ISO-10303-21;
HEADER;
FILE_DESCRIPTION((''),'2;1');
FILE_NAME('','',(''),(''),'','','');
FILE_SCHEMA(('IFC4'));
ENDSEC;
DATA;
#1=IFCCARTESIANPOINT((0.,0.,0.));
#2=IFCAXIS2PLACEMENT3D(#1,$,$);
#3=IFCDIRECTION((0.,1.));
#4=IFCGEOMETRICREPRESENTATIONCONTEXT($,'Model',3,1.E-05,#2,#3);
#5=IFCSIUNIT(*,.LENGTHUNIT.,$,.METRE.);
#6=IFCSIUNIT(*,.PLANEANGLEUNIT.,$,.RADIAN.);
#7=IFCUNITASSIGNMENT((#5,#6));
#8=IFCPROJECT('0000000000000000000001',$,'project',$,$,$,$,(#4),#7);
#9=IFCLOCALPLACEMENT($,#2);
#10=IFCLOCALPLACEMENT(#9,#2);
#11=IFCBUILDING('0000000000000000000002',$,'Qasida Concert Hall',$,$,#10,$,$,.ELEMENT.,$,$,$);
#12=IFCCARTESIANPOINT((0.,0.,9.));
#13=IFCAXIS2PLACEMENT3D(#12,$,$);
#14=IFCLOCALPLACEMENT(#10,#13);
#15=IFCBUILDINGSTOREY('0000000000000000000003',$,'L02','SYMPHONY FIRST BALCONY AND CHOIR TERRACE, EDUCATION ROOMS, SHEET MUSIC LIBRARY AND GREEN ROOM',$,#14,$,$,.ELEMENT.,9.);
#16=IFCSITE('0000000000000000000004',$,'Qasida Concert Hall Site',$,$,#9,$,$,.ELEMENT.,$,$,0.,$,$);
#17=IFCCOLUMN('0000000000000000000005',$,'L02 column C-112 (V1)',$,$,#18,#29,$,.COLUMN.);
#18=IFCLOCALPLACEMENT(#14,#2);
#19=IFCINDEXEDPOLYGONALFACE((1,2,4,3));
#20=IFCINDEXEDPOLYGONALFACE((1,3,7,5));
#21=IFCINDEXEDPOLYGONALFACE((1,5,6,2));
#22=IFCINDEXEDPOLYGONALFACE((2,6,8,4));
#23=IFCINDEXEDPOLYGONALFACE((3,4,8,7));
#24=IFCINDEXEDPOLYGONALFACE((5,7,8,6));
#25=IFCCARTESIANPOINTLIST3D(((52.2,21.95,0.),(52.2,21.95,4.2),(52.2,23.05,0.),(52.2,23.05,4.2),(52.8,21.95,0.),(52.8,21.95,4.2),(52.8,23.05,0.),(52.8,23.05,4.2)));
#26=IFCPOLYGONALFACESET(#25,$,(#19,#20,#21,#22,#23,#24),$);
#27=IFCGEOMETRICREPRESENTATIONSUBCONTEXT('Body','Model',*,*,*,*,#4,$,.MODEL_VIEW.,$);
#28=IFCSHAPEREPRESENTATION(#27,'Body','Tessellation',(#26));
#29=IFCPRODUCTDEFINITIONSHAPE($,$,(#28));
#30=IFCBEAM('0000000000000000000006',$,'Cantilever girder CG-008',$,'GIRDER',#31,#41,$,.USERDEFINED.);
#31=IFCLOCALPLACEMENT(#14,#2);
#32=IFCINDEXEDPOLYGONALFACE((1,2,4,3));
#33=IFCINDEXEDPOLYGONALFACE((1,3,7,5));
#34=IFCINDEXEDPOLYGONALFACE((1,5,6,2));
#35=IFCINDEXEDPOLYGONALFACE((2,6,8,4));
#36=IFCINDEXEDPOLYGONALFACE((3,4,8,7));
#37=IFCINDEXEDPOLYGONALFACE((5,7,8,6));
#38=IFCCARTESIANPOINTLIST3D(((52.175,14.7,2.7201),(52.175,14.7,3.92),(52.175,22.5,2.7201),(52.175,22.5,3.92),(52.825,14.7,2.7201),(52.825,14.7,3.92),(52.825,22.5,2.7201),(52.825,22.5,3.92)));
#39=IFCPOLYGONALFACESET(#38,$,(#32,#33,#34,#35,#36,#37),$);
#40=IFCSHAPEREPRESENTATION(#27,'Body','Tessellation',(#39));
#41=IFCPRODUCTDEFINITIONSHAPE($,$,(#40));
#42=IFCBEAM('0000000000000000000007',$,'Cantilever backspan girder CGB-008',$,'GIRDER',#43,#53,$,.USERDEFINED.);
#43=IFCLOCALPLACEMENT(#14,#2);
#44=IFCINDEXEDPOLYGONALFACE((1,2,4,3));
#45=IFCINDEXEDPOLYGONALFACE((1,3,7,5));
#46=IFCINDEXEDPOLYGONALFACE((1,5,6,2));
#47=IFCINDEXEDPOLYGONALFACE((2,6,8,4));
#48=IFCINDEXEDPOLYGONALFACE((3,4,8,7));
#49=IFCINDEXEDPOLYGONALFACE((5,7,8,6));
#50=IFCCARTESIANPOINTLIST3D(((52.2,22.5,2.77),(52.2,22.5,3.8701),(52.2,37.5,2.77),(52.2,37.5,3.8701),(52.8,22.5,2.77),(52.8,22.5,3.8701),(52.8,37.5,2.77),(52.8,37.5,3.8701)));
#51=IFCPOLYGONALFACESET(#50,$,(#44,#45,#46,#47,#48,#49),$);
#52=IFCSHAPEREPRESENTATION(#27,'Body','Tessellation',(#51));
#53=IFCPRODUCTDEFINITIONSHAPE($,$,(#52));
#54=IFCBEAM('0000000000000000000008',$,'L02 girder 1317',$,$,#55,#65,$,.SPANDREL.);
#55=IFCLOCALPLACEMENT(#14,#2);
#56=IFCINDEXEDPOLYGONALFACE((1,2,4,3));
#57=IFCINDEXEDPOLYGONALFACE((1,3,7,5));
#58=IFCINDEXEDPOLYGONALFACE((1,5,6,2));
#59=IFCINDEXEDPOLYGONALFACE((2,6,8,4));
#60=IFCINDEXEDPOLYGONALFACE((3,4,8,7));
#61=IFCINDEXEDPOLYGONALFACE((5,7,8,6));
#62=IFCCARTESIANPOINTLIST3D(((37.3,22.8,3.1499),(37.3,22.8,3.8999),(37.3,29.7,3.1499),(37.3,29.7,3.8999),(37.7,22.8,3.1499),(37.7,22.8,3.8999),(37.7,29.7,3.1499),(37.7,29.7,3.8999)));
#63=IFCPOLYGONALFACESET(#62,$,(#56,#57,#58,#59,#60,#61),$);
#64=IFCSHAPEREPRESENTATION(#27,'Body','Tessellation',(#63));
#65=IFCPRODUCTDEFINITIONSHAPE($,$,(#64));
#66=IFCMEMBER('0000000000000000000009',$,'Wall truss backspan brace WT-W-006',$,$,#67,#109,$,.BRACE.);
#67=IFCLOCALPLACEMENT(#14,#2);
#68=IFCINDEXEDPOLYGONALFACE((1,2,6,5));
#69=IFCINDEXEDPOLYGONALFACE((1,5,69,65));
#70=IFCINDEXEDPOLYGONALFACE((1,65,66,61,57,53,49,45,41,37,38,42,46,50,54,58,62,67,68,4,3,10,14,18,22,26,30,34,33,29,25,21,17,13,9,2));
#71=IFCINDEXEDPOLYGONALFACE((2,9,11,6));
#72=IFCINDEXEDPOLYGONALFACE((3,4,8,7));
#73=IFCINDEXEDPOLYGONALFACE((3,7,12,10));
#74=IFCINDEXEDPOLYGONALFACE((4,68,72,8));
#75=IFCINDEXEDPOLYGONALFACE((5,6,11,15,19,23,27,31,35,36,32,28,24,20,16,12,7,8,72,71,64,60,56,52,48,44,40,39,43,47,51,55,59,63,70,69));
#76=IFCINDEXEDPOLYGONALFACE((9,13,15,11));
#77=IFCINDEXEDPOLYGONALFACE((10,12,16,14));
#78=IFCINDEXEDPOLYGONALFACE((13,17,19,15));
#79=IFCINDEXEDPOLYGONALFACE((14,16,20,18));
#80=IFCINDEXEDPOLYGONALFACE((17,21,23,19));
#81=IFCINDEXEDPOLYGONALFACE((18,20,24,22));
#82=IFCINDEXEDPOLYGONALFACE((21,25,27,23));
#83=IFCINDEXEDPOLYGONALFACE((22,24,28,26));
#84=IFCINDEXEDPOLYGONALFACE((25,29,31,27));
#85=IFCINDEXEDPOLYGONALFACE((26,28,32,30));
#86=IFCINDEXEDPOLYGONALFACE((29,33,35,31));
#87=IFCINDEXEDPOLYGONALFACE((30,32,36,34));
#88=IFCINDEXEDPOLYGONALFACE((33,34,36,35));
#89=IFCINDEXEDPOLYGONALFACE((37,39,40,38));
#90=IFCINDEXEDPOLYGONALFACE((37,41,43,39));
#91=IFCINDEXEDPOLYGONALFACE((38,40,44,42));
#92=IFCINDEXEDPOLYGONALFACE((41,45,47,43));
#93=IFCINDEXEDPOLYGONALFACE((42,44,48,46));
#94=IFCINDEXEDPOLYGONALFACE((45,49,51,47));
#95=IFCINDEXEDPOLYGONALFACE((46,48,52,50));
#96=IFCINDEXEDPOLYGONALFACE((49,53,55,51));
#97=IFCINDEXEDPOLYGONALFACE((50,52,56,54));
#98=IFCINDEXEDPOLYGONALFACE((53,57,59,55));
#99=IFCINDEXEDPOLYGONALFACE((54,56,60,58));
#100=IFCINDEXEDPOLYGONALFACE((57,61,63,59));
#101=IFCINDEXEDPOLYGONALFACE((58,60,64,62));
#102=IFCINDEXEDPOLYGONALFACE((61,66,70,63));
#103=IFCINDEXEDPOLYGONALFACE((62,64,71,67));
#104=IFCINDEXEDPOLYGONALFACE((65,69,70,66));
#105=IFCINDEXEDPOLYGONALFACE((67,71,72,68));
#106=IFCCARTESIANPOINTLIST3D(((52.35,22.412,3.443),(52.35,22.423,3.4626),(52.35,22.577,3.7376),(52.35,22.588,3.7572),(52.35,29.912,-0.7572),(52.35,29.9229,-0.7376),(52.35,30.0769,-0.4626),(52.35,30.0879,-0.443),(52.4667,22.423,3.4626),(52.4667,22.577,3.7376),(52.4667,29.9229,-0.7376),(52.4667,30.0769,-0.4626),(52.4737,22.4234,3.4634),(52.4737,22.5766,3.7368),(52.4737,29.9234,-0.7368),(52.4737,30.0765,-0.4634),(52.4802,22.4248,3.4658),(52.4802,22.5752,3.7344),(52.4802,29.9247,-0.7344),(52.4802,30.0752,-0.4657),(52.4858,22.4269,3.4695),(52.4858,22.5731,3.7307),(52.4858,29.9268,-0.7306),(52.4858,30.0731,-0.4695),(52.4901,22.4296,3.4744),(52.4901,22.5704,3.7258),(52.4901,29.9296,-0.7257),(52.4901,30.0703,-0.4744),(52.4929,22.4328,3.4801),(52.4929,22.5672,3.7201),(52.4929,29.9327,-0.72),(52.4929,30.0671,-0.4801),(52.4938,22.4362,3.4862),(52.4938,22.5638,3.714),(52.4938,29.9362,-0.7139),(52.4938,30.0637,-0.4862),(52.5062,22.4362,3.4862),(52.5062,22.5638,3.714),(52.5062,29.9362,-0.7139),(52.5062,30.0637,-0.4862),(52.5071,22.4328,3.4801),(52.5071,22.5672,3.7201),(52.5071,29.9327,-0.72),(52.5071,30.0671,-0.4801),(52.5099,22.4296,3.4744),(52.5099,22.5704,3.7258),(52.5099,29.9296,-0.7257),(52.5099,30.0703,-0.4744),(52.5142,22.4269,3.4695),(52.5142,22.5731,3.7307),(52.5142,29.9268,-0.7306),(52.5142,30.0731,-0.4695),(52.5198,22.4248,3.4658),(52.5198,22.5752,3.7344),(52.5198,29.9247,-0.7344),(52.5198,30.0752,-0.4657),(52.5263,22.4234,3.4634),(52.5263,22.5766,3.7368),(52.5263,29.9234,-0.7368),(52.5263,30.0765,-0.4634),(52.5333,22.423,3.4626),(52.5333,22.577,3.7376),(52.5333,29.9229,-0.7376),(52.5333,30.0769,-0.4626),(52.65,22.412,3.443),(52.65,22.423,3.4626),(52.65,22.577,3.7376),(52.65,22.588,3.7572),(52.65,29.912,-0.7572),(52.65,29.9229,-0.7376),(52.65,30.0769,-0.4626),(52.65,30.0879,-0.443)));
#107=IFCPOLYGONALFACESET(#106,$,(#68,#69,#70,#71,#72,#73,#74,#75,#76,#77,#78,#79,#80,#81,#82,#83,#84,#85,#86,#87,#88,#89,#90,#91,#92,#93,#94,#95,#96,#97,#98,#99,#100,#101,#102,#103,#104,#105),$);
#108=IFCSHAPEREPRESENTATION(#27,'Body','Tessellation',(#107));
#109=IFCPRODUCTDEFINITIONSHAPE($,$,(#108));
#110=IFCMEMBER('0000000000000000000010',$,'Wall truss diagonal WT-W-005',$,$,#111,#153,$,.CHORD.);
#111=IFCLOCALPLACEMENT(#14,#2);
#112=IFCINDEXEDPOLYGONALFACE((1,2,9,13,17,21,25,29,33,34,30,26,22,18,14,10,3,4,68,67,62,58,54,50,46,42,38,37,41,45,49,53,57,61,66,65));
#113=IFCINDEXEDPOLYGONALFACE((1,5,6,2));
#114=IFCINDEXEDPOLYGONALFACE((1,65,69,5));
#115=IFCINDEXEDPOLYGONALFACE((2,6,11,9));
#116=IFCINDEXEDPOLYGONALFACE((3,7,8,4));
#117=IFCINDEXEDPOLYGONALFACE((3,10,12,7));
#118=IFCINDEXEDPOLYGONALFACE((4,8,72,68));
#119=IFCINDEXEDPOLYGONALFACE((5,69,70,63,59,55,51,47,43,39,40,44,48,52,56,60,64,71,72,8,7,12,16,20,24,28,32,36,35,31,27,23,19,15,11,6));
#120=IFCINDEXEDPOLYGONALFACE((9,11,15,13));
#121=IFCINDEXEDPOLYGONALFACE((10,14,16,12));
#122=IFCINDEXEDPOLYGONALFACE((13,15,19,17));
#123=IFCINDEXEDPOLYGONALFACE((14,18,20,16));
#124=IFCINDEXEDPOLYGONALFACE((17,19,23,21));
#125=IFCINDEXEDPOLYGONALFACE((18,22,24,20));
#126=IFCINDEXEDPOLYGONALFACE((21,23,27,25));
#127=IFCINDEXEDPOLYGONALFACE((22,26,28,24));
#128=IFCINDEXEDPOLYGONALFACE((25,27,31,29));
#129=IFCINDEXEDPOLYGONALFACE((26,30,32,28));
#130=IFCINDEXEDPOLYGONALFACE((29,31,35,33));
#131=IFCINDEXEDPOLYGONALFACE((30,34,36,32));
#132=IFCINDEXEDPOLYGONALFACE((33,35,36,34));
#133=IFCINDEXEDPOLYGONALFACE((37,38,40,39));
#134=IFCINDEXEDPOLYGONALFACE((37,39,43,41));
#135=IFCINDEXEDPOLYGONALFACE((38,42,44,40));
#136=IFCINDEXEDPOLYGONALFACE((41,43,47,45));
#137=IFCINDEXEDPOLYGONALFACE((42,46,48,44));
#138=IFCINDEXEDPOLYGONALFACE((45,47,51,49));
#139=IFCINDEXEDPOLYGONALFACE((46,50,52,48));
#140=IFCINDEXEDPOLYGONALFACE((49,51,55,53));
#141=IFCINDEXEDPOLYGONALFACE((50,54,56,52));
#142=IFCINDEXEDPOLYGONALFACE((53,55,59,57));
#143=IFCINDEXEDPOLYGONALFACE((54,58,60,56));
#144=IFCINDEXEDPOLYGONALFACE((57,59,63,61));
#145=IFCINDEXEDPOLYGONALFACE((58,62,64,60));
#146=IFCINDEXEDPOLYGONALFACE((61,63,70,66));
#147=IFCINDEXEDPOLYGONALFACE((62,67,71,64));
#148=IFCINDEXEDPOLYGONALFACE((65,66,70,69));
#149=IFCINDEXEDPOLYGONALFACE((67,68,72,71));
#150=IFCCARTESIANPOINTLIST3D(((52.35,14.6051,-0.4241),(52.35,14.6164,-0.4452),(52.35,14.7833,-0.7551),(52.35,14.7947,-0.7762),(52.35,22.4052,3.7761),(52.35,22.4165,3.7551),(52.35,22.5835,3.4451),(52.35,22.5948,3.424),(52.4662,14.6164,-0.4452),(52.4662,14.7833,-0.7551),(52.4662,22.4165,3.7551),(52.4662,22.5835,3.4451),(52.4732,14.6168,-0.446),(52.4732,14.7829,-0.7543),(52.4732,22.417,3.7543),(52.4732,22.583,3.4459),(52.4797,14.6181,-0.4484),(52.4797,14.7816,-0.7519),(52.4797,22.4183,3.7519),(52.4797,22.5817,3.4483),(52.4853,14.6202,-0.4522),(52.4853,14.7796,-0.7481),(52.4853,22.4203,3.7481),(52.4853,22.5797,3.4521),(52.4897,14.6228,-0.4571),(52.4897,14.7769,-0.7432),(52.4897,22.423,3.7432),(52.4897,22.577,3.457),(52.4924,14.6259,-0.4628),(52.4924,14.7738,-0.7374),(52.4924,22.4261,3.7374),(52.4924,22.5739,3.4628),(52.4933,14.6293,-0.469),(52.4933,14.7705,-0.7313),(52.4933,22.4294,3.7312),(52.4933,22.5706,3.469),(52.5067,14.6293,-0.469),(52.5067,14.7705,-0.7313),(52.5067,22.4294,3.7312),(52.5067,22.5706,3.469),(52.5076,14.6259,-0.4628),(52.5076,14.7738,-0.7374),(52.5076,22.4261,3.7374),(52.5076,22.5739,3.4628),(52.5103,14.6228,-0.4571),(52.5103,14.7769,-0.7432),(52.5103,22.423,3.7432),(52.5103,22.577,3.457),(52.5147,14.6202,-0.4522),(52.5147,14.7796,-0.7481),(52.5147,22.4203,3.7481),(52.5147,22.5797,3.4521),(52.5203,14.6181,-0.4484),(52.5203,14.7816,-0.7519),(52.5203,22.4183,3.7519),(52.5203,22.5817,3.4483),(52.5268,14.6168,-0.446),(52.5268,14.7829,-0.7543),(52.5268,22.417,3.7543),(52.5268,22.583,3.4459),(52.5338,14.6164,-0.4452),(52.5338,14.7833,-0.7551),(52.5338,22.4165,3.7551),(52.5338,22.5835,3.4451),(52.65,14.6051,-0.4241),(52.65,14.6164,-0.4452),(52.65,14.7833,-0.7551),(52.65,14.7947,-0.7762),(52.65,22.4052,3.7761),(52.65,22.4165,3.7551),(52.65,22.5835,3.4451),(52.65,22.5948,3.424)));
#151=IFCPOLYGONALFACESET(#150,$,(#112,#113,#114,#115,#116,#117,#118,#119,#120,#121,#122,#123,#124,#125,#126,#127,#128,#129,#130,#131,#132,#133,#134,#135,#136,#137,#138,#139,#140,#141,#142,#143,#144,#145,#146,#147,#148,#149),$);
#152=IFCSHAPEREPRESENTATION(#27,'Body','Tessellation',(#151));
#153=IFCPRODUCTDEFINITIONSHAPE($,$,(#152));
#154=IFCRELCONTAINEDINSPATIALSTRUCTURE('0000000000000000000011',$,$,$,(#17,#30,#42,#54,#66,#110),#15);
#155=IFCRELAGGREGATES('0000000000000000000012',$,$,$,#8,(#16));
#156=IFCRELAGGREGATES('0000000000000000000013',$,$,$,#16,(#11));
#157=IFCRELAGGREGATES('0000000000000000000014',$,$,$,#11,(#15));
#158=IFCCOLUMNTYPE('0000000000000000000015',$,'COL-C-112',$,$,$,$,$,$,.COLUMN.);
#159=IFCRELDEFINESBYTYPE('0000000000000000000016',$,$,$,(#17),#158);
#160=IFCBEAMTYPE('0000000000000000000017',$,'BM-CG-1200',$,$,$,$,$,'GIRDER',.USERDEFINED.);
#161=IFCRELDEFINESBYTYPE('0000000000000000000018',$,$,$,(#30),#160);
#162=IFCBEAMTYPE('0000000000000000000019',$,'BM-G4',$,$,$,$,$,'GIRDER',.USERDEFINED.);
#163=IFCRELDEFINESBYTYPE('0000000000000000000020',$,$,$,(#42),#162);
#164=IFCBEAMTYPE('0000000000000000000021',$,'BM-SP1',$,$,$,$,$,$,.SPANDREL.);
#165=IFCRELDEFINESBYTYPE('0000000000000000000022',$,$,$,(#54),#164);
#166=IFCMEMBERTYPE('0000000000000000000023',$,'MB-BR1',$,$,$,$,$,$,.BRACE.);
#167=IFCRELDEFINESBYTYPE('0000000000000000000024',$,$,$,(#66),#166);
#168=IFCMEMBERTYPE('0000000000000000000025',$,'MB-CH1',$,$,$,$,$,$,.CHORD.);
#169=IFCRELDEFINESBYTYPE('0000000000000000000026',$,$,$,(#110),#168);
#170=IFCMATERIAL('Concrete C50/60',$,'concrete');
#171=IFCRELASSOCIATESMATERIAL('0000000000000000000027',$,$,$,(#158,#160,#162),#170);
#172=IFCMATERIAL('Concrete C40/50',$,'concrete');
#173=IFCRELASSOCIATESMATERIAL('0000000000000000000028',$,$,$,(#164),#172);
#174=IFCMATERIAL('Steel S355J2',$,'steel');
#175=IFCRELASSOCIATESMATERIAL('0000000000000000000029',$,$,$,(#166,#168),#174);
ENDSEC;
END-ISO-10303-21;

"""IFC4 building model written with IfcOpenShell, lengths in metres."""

from ifc_helpers import new_model, si_unit, direction, frame, origin, origin_2d, place, context, subcontext, project, spatial, rectangle, i_section, extrude, material, material_profile, profile_set, type_object, element, save


model = new_model("IFC4")

# Units and contexts
model_context = context("Model", 3, precision=1e-05, world=origin(), true_north=direction((0.0, 1.0)))
body_context = subcontext(model_context, "Body", "Model", "MODEL_VIEW")
ifc_project = project(units=[si_unit("LENGTHUNIT", "METRE"), si_unit("PLANEANGLEUNIT", "RADIAN")], contexts=[model_context])

# Site, building, storey
site_placement = place(None, origin())
site = spatial("IfcSite", under=ifc_project, at=site_placement, Name="Qasida Concert Hall Site", CompositionType="ELEMENT", RefElevation=0.0)
building_placement = place(site_placement, origin())
building = spatial("IfcBuilding", under=site, at=building_placement, Name="Qasida Concert Hall", CompositionType="ELEMENT")
storey_placement = place(building_placement, frame((0.0, 0.0, 9.0)))
storey = spatial("IfcBuildingStorey", under=building, at=storey_placement, Name="L02", Description="SYMPHONY FIRST BALCONY AND CHOIR TERRACE, EDUCATION ROOMS, SHEET MUSIC LIBRARY AND GREEN ROOM", CompositionType="ELEMENT", Elevation=9.0)

# Column
ifc_material_1 = material(Name="Concrete C50/60", Category="concrete")
ifc_material_profile_1 = material_profile(ifc_material_1, rectangle(XDim=0.6001, YDim=1.1001, at=origin_2d()), Name="RC 600x1100")
ifc_profile_set_1 = profile_set([ifc_material_profile_1], Name="Concrete C50/60")
column_type = type_object("IfcColumnType", Name="COL-C-112", PredefinedType="COLUMN", material=ifc_profile_set_1)
column_placement = place(storey_placement, frame((52.5, 22.5, 0.0), z_axis=(0.0, 0.0, 1.0), x_axis=(1.0, 0.0, 0.0)))
element("IfcColumn", 1, at=column_placement, inside=storey, type_object=column_type, Name="L02 column C-112 (V1)", PredefinedType="COLUMN", context=body_context, shape_type="SweptSolid", body=[
    extrude(rectangle(XDim=0.6001, YDim=1.1001, at=origin_2d()), origin(), (0.0, 0.0, 1.0), 4.2),
])

# Beams
ifc_material_profile_2 = material_profile(ifc_material_1, rectangle(XDim=0.6499, YDim=1.2, at=origin_2d()), Name="RC 650x1200")
ifc_profile_set_2 = profile_set([ifc_material_profile_2], Name="Concrete C50/60")
beam_type_1 = type_object("IfcBeamType", Name="BM-CG-1200", ElementType="GIRDER", PredefinedType="USERDEFINED", material=ifc_profile_set_2)
beam_1_placement = place(storey_placement, frame((52.5, 22.5, 3.3201), z_axis=(0.0, -1.0, 0.0), x_axis=(1.0, 0.0, 0.0)))
element("IfcBeam", 2, at=beam_1_placement, inside=storey, type_object=beam_type_1, Name="Cantilever girder CG-008", ObjectType="GIRDER", PredefinedType="USERDEFINED", context=body_context, shape_type="SweptSolid", body=[
    extrude(rectangle(XDim=0.6499, YDim=1.2, at=origin_2d()), origin(), (0.0, 0.0, 1.0), 7.8),
])
ifc_material_profile_3 = material_profile(ifc_material_1, rectangle(XDim=0.6001, YDim=1.1001, at=origin_2d()), Name="RC 600x1100")
ifc_profile_set_3 = profile_set([ifc_material_profile_3], Name="Concrete C50/60")
beam_type_2 = type_object("IfcBeamType", Name="BM-G4", ElementType="GIRDER", PredefinedType="USERDEFINED", material=ifc_profile_set_3)
beam_2_placement = place(storey_placement, frame((52.5, 22.5, 3.3201), z_axis=(0.0, 1.0, 0.0), x_axis=(-1.0, 0.0, 0.0)))
element("IfcBeam", 3, at=beam_2_placement, inside=storey, type_object=beam_type_2, Name="Cantilever backspan girder CGB-008", ObjectType="GIRDER", PredefinedType="USERDEFINED", context=body_context, shape_type="SweptSolid", body=[
    extrude(rectangle(XDim=0.6001, YDim=1.1001, at=origin_2d()), origin(), (0.0, 0.0, 1.0), 15.0),
])
ifc_material_2 = material(Name="Concrete C40/50", Category="concrete")
ifc_material_profile_4 = material_profile(ifc_material_2, rectangle(XDim=0.3999, YDim=0.75, at=origin_2d()), Name="RC 400x750")
ifc_profile_set_4 = profile_set([ifc_material_profile_4], Name="Concrete C40/50")
beam_type_3 = type_object("IfcBeamType", Name="BM-SP1", PredefinedType="SPANDREL", material=ifc_profile_set_4)
beam_3_placement = place(storey_placement, frame((37.5, 22.8, 3.5249), z_axis=(0.0, 1.0, 0.0), x_axis=(-1.0, 0.0, 0.0)))
element("IfcBeam", 4, at=beam_3_placement, inside=storey, type_object=beam_type_3, Name="L02 girder 1317", PredefinedType="SPANDREL", context=body_context, shape_type="SweptSolid", body=[
    extrude(rectangle(XDim=0.3999, YDim=0.75, at=origin_2d()), origin(), (0.0, 0.0, 1.0), 6.8999),
])

# Members
ifc_material_3 = material(Name="Steel S355J2", Category="steel")
ifc_material_profile_5 = material_profile(ifc_material_3, i_section(OverallWidth=0.3, OverallDepth=0.3601, WebThickness=0.0125, FlangeThickness=0.0225, FilletRadius=0.0271, at=origin_2d()), Name="HEB 360")
ifc_profile_set_5 = profile_set([ifc_material_profile_5], Name="Steel S355J2")
member_type_1 = type_object("IfcMemberType", Name="MB-BR1", PredefinedType="BRACE", material=ifc_profile_set_5)
member_1_placement = place(storey_placement, frame((52.5, 22.5, 3.6001), z_axis=(0.0, 0.872496, -0.488621), x_axis=(-1.0, 0.0, 0.0)))
element("IfcMember", 5, at=member_1_placement, inside=storey, type_object=member_type_1, Name="Wall truss backspan brace WT-W-006", PredefinedType="BRACE", context=body_context, shape_type="SweptSolid", body=[
    extrude(i_section(OverallWidth=0.3, OverallDepth=0.3601, WebThickness=0.0125, FlangeThickness=0.0225, FilletRadius=0.0271, at=origin_2d()), origin(), (0.0, 0.0, 1.0), 8.5959),
])
ifc_material_profile_6 = material_profile(ifc_material_3, i_section(OverallWidth=0.3, OverallDepth=0.3999, WebThickness=0.0134, FlangeThickness=0.0239, FilletRadius=0.0271, at=origin_2d()), Name="HEB 400")
ifc_profile_set_6 = profile_set([ifc_material_profile_6], Name="Steel S355J2")
member_type_2 = type_object("IfcMemberType", Name="MB-CH1", PredefinedType="CHORD", material=ifc_profile_set_6)
member_2_placement = place(storey_placement, frame((52.5, 22.5, 3.6001), z_axis=(0.0, -0.880463, -0.474115), x_axis=(1.0, 0.0, 0.0)))
element("IfcMember", 6, at=member_2_placement, inside=storey, type_object=member_type_2, Name="Wall truss diagonal WT-W-005", PredefinedType="CHORD", context=body_context, shape_type="SweptSolid", body=[
    extrude(i_section(OverallWidth=0.3, OverallDepth=0.3999, WebThickness=0.0134, FlangeThickness=0.0239, FilletRadius=0.0271, at=origin_2d()), origin(), (0.0, 0.0, 1.0), 8.8591),
])

save(model, "model.ifc")
